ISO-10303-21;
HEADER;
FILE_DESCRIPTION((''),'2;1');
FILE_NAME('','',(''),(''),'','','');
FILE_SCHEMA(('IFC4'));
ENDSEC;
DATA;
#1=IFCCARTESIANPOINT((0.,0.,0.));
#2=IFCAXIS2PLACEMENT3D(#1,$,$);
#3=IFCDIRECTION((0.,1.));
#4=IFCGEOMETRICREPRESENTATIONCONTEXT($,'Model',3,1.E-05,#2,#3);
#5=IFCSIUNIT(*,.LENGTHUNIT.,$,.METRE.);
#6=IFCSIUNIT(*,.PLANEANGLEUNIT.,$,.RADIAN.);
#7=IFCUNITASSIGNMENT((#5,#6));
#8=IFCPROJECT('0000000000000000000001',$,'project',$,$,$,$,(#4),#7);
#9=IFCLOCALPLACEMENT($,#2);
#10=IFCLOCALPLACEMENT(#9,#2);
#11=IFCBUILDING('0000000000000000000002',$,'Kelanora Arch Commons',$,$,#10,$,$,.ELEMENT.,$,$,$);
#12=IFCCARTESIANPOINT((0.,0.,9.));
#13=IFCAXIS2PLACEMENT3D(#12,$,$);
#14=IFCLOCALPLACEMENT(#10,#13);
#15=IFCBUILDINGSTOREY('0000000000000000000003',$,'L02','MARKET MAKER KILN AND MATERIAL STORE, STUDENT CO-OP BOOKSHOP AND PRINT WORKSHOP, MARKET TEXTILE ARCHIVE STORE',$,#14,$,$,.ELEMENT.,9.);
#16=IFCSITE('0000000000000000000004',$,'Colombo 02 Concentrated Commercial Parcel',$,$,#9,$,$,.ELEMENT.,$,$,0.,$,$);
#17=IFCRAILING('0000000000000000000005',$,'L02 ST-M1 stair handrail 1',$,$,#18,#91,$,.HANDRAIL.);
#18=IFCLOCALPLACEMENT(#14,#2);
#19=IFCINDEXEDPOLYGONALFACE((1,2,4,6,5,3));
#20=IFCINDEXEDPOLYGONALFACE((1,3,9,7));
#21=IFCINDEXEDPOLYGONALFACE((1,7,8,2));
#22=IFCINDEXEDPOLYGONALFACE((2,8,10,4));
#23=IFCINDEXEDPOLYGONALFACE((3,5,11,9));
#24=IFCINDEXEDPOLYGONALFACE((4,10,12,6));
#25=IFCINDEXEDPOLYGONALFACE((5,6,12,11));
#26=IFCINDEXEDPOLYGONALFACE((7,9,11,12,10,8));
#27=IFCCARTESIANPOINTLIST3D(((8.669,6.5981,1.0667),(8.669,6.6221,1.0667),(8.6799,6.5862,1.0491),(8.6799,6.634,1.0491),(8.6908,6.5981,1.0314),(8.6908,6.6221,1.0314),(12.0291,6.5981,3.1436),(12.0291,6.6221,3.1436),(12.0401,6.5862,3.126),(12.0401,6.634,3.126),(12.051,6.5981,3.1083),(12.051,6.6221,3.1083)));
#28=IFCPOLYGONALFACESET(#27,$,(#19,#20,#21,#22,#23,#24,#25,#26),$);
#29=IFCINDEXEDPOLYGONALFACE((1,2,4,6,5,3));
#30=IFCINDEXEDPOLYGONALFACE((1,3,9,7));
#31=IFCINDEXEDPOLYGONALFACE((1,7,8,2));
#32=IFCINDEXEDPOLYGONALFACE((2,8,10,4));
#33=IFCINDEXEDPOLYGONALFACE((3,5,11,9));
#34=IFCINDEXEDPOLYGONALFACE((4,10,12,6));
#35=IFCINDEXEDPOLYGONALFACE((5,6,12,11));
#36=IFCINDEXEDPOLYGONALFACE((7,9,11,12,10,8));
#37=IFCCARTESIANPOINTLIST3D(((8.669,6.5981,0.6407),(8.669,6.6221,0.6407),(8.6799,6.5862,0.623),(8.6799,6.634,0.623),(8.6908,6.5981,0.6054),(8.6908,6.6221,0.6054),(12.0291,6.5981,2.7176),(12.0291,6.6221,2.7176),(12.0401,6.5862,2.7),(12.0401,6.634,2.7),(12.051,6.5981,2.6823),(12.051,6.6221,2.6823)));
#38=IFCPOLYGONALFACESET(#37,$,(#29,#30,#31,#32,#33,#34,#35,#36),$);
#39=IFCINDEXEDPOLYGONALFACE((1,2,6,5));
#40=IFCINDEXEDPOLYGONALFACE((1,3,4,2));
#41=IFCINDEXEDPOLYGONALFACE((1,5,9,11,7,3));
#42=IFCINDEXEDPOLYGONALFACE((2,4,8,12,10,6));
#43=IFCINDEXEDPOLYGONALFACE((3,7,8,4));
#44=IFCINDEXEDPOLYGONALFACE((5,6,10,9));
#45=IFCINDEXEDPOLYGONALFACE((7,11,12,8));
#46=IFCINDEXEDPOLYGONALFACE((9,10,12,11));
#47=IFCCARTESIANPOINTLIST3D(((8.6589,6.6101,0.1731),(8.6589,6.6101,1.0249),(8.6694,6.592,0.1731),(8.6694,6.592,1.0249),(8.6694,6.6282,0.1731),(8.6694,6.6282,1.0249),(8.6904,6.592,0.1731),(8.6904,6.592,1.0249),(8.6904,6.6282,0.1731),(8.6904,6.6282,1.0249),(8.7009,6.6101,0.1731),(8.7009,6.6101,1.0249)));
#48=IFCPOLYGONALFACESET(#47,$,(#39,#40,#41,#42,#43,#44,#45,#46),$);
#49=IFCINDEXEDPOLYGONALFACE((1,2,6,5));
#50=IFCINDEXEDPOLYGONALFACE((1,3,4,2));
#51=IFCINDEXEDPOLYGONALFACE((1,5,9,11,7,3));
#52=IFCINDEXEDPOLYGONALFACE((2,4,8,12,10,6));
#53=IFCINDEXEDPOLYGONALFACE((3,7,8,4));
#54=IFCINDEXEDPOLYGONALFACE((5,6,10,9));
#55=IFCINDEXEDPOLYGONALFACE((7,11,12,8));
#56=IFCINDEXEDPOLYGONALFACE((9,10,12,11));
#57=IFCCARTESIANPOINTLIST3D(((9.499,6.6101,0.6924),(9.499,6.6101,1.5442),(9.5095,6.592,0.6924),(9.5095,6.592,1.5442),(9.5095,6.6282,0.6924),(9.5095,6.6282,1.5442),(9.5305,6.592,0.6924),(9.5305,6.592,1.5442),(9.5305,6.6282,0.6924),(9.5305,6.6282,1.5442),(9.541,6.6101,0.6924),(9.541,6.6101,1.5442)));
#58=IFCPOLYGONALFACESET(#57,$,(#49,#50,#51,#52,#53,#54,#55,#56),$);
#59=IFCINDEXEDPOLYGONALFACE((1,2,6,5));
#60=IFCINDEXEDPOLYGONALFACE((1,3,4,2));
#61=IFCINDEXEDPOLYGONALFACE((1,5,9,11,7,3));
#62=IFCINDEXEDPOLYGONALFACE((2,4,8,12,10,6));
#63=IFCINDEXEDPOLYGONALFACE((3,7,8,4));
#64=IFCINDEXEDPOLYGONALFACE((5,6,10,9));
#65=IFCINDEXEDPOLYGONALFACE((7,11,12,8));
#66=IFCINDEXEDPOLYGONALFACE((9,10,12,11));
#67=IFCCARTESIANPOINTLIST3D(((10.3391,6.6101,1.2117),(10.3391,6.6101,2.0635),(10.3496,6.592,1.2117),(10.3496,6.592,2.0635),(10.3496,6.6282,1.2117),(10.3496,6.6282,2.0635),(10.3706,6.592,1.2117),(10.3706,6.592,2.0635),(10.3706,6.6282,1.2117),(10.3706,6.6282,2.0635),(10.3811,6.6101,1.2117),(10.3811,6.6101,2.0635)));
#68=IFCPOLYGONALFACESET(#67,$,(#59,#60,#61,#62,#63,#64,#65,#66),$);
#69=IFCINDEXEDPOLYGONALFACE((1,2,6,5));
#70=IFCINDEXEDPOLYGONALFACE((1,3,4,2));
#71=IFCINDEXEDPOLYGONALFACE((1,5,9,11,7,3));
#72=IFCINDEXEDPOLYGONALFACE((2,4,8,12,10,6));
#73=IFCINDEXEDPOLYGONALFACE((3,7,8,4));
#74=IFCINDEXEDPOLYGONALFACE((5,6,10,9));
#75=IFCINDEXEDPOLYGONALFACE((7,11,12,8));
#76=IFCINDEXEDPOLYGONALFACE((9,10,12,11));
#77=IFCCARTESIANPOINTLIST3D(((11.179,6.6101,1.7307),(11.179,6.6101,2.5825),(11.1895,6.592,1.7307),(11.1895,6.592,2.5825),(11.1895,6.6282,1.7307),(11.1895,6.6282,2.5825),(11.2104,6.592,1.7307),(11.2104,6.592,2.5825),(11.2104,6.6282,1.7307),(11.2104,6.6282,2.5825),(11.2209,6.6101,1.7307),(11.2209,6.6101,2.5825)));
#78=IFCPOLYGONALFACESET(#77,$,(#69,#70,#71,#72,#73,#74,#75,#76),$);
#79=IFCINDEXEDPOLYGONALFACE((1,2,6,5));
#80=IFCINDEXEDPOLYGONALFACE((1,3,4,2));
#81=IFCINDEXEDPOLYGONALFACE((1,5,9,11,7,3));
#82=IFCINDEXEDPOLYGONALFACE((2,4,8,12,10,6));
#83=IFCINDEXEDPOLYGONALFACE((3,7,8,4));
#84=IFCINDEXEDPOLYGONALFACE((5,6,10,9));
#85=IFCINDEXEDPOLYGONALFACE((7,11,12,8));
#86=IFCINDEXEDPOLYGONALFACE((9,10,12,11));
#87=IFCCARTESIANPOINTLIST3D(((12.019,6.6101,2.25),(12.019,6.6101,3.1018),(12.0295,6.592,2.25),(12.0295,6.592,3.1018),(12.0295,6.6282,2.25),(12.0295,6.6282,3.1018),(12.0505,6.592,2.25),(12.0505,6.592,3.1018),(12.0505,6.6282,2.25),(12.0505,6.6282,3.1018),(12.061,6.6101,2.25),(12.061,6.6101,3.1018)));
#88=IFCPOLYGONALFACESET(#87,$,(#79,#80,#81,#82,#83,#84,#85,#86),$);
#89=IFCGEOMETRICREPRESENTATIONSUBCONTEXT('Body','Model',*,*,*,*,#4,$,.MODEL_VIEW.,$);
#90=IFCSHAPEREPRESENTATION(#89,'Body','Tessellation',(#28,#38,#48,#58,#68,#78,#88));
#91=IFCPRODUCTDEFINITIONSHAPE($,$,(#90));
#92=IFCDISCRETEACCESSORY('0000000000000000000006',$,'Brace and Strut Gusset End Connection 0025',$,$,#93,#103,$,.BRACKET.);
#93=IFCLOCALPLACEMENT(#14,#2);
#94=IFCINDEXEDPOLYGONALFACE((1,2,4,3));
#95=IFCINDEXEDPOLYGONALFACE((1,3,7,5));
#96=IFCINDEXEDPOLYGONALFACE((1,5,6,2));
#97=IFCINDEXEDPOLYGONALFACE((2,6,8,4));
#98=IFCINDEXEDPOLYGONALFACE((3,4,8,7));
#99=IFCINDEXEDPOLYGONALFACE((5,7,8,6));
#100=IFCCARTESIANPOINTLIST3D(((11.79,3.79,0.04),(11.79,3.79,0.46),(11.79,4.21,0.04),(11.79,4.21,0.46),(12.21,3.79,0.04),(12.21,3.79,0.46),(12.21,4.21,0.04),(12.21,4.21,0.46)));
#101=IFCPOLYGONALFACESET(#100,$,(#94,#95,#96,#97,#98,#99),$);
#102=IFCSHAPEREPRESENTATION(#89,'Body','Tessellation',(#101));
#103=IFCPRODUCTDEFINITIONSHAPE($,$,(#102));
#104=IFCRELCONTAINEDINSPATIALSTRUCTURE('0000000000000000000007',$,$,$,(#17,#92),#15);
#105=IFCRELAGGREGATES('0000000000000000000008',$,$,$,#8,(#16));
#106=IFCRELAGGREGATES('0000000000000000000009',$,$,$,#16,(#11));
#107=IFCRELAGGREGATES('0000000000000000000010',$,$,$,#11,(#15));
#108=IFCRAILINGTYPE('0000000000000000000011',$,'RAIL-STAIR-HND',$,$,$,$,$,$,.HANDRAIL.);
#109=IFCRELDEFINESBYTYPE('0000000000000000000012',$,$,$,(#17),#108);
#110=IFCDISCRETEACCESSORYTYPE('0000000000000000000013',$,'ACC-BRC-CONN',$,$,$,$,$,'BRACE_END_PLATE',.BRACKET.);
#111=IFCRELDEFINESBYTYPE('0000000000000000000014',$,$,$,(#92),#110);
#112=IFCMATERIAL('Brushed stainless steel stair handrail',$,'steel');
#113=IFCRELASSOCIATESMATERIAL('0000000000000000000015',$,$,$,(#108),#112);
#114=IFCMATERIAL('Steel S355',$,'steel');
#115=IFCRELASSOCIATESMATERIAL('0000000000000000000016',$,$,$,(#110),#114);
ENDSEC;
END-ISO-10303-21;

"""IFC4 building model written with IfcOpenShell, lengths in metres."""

from ifc_helpers import new_model, si_unit, direction, frame, origin, origin_2d, place, context, subcontext, project, spatial, polyline, rectangle, outline, extrude, source, transform, mapped, material, type_object, element, save


model = new_model("IFC4")

# Units and contexts
model_context = context("Model", 3, precision=1e-05, world=origin(), true_north=direction((0.0, 1.0)))
body_context = subcontext(model_context, "Body", "Model", "MODEL_VIEW")
ifc_project = project(units=[si_unit("LENGTHUNIT", "METRE"), si_unit("PLANEANGLEUNIT", "RADIAN")], contexts=[model_context])

# Site, building, storey
site_placement = place(None, origin())
site = spatial("IfcSite", under=ifc_project, at=site_placement, Name="Colombo 02 Concentrated Commercial Parcel", CompositionType="ELEMENT", RefElevation=0.0)
building_placement = place(site_placement, origin())
building = spatial("IfcBuilding", under=site, at=building_placement, Name="Kelanora Arch Commons", CompositionType="ELEMENT")
storey_placement = place(building_placement, frame((0.0, 0.0, 9.0)))
storey = spatial("IfcBuildingStorey", under=building, at=storey_placement, Name="L02", Description="MARKET MAKER KILN AND MATERIAL STORE, STUDENT CO-OP BOOKSHOP AND PRINT WORKSHOP, MARKET TEXTILE ARCHIVE STORE", CompositionType="ELEMENT", Elevation=9.0)

# Shared definitions
ifc_material_1 = material(Name="Steel S355", Category="steel")

# Railing
ifc_material_2 = material(Name="Brushed stainless steel stair handrail", Category="steel")
railing_type_1 = type_object("IfcRailingType", Name="RAIL-STAIR-HND", PredefinedType="HANDRAIL", material=ifc_material_2)
railing_1_placement = place(storey_placement, frame((8.6799, 6.6101, 0.1731)))
element("IfcRailing", 1, at=railing_1_placement, inside=storey, type_object=railing_type_1, Name="L02 ST-M1 stair handrail 1", PredefinedType="HANDRAIL", context=body_context, shape_type="SweptSolid", body=[
    extrude(outline(polyline([(0.0239, 0.0), (0.012, 0.0208), (-0.012, 0.0208), (-0.0239, 0.0), (-0.012, -0.0208), (0.012, -0.0208), (0.0239, 0.0)])), frame((0.0, 0.0, 0.876), z_axis=(0.850623, 0.0, 0.525776), x_axis=(0.0, 1.0, 0.0)), (0.0, 0.0, 1.0), 3.9502),
    extrude(outline(polyline([(0.0239, 0.0), (0.012, 0.0208), (-0.012, 0.0208), (-0.0239, 0.0), (-0.012, -0.0208), (0.012, -0.0208), (0.0239, 0.0)])), frame((0.0, 0.0, 0.45), z_axis=(0.850623, 0.0, 0.525776), x_axis=(0.0, 1.0, 0.0)), (0.0, 0.0, 1.0), 3.9502),
    extrude(outline(polyline([(0.021, 0.0), (0.0105, 0.0181), (-0.0105, 0.0181), (-0.021, 0.0), (-0.0105, -0.0181), (0.0105, -0.0181), (0.021, 0.0)])), origin(), (0.0, 0.0, 1.0), 0.8518),
    extrude(outline(polyline([(0.021, 0.0), (0.0105, 0.0181), (-0.0105, 0.0181), (-0.021, 0.0), (-0.0105, -0.0181), (0.0105, -0.0181), (0.021, 0.0)])), frame((0.8401, 0.0, 0.5193)), (0.0, 0.0, 1.0), 0.8518),
    extrude(outline(polyline([(0.021, 0.0), (0.0105, 0.0181), (-0.0105, 0.0181), (-0.021, 0.0), (-0.0105, -0.0181), (0.0105, -0.0181), (0.021, 0.0)])), frame((1.6802, 0.0, 1.0386)), (0.0, 0.0, 1.0), 0.8518),
    extrude(outline(polyline([(0.021, 0.0), (0.0105, 0.0181), (-0.0105, 0.0181), (-0.021, 0.0), (-0.0105, -0.0181), (0.0105, -0.0181), (0.021, 0.0)])), frame((2.52, 0.0, 1.5576)), (0.0, 0.0, 1.0), 0.8518),
    extrude(outline(polyline([(0.021, 0.0), (0.0105, 0.0181), (-0.0105, 0.0181), (-0.021, 0.0), (-0.0105, -0.0181), (0.0105, -0.0181), (0.021, 0.0)])), frame((3.3601, 0.0, 2.0769)), (0.0, 0.0, 1.0), 0.8518),
])

# Discrete accessory
discrete_accessory_type = type_object("IfcDiscreteAccessoryType", Name="ACC-BRC-CONN", ElementType="BRACE_END_PLATE", PredefinedType="BRACKET", material=ifc_material_1)
shared_shape = source(origin(), body_context, "Body", "SweptSolid", [
    extrude(rectangle(XDim=0.4199, YDim=0.4199, at=origin_2d()), origin(), (0.0, 0.0, 1.0), 0.4199),
])
discrete_accessory_placement = place(storey_placement, frame((12.0, 4.0, 0.04), z_axis=(0.0, 0.0, 1.0), x_axis=(1.0, 0.0, 0.0)))
element("IfcDiscreteAccessory", 2, at=discrete_accessory_placement, inside=storey, type_object=discrete_accessory_type, Name="Brace and Strut Gusset End Connection 0025", PredefinedType="BRACKET", context=body_context, shape_type="MappedRepresentation", body=[
    mapped(shared_shape, transform((0.0, 0.0, 0.0), scale=1.0)),
])

save(model, "model.ifc")
